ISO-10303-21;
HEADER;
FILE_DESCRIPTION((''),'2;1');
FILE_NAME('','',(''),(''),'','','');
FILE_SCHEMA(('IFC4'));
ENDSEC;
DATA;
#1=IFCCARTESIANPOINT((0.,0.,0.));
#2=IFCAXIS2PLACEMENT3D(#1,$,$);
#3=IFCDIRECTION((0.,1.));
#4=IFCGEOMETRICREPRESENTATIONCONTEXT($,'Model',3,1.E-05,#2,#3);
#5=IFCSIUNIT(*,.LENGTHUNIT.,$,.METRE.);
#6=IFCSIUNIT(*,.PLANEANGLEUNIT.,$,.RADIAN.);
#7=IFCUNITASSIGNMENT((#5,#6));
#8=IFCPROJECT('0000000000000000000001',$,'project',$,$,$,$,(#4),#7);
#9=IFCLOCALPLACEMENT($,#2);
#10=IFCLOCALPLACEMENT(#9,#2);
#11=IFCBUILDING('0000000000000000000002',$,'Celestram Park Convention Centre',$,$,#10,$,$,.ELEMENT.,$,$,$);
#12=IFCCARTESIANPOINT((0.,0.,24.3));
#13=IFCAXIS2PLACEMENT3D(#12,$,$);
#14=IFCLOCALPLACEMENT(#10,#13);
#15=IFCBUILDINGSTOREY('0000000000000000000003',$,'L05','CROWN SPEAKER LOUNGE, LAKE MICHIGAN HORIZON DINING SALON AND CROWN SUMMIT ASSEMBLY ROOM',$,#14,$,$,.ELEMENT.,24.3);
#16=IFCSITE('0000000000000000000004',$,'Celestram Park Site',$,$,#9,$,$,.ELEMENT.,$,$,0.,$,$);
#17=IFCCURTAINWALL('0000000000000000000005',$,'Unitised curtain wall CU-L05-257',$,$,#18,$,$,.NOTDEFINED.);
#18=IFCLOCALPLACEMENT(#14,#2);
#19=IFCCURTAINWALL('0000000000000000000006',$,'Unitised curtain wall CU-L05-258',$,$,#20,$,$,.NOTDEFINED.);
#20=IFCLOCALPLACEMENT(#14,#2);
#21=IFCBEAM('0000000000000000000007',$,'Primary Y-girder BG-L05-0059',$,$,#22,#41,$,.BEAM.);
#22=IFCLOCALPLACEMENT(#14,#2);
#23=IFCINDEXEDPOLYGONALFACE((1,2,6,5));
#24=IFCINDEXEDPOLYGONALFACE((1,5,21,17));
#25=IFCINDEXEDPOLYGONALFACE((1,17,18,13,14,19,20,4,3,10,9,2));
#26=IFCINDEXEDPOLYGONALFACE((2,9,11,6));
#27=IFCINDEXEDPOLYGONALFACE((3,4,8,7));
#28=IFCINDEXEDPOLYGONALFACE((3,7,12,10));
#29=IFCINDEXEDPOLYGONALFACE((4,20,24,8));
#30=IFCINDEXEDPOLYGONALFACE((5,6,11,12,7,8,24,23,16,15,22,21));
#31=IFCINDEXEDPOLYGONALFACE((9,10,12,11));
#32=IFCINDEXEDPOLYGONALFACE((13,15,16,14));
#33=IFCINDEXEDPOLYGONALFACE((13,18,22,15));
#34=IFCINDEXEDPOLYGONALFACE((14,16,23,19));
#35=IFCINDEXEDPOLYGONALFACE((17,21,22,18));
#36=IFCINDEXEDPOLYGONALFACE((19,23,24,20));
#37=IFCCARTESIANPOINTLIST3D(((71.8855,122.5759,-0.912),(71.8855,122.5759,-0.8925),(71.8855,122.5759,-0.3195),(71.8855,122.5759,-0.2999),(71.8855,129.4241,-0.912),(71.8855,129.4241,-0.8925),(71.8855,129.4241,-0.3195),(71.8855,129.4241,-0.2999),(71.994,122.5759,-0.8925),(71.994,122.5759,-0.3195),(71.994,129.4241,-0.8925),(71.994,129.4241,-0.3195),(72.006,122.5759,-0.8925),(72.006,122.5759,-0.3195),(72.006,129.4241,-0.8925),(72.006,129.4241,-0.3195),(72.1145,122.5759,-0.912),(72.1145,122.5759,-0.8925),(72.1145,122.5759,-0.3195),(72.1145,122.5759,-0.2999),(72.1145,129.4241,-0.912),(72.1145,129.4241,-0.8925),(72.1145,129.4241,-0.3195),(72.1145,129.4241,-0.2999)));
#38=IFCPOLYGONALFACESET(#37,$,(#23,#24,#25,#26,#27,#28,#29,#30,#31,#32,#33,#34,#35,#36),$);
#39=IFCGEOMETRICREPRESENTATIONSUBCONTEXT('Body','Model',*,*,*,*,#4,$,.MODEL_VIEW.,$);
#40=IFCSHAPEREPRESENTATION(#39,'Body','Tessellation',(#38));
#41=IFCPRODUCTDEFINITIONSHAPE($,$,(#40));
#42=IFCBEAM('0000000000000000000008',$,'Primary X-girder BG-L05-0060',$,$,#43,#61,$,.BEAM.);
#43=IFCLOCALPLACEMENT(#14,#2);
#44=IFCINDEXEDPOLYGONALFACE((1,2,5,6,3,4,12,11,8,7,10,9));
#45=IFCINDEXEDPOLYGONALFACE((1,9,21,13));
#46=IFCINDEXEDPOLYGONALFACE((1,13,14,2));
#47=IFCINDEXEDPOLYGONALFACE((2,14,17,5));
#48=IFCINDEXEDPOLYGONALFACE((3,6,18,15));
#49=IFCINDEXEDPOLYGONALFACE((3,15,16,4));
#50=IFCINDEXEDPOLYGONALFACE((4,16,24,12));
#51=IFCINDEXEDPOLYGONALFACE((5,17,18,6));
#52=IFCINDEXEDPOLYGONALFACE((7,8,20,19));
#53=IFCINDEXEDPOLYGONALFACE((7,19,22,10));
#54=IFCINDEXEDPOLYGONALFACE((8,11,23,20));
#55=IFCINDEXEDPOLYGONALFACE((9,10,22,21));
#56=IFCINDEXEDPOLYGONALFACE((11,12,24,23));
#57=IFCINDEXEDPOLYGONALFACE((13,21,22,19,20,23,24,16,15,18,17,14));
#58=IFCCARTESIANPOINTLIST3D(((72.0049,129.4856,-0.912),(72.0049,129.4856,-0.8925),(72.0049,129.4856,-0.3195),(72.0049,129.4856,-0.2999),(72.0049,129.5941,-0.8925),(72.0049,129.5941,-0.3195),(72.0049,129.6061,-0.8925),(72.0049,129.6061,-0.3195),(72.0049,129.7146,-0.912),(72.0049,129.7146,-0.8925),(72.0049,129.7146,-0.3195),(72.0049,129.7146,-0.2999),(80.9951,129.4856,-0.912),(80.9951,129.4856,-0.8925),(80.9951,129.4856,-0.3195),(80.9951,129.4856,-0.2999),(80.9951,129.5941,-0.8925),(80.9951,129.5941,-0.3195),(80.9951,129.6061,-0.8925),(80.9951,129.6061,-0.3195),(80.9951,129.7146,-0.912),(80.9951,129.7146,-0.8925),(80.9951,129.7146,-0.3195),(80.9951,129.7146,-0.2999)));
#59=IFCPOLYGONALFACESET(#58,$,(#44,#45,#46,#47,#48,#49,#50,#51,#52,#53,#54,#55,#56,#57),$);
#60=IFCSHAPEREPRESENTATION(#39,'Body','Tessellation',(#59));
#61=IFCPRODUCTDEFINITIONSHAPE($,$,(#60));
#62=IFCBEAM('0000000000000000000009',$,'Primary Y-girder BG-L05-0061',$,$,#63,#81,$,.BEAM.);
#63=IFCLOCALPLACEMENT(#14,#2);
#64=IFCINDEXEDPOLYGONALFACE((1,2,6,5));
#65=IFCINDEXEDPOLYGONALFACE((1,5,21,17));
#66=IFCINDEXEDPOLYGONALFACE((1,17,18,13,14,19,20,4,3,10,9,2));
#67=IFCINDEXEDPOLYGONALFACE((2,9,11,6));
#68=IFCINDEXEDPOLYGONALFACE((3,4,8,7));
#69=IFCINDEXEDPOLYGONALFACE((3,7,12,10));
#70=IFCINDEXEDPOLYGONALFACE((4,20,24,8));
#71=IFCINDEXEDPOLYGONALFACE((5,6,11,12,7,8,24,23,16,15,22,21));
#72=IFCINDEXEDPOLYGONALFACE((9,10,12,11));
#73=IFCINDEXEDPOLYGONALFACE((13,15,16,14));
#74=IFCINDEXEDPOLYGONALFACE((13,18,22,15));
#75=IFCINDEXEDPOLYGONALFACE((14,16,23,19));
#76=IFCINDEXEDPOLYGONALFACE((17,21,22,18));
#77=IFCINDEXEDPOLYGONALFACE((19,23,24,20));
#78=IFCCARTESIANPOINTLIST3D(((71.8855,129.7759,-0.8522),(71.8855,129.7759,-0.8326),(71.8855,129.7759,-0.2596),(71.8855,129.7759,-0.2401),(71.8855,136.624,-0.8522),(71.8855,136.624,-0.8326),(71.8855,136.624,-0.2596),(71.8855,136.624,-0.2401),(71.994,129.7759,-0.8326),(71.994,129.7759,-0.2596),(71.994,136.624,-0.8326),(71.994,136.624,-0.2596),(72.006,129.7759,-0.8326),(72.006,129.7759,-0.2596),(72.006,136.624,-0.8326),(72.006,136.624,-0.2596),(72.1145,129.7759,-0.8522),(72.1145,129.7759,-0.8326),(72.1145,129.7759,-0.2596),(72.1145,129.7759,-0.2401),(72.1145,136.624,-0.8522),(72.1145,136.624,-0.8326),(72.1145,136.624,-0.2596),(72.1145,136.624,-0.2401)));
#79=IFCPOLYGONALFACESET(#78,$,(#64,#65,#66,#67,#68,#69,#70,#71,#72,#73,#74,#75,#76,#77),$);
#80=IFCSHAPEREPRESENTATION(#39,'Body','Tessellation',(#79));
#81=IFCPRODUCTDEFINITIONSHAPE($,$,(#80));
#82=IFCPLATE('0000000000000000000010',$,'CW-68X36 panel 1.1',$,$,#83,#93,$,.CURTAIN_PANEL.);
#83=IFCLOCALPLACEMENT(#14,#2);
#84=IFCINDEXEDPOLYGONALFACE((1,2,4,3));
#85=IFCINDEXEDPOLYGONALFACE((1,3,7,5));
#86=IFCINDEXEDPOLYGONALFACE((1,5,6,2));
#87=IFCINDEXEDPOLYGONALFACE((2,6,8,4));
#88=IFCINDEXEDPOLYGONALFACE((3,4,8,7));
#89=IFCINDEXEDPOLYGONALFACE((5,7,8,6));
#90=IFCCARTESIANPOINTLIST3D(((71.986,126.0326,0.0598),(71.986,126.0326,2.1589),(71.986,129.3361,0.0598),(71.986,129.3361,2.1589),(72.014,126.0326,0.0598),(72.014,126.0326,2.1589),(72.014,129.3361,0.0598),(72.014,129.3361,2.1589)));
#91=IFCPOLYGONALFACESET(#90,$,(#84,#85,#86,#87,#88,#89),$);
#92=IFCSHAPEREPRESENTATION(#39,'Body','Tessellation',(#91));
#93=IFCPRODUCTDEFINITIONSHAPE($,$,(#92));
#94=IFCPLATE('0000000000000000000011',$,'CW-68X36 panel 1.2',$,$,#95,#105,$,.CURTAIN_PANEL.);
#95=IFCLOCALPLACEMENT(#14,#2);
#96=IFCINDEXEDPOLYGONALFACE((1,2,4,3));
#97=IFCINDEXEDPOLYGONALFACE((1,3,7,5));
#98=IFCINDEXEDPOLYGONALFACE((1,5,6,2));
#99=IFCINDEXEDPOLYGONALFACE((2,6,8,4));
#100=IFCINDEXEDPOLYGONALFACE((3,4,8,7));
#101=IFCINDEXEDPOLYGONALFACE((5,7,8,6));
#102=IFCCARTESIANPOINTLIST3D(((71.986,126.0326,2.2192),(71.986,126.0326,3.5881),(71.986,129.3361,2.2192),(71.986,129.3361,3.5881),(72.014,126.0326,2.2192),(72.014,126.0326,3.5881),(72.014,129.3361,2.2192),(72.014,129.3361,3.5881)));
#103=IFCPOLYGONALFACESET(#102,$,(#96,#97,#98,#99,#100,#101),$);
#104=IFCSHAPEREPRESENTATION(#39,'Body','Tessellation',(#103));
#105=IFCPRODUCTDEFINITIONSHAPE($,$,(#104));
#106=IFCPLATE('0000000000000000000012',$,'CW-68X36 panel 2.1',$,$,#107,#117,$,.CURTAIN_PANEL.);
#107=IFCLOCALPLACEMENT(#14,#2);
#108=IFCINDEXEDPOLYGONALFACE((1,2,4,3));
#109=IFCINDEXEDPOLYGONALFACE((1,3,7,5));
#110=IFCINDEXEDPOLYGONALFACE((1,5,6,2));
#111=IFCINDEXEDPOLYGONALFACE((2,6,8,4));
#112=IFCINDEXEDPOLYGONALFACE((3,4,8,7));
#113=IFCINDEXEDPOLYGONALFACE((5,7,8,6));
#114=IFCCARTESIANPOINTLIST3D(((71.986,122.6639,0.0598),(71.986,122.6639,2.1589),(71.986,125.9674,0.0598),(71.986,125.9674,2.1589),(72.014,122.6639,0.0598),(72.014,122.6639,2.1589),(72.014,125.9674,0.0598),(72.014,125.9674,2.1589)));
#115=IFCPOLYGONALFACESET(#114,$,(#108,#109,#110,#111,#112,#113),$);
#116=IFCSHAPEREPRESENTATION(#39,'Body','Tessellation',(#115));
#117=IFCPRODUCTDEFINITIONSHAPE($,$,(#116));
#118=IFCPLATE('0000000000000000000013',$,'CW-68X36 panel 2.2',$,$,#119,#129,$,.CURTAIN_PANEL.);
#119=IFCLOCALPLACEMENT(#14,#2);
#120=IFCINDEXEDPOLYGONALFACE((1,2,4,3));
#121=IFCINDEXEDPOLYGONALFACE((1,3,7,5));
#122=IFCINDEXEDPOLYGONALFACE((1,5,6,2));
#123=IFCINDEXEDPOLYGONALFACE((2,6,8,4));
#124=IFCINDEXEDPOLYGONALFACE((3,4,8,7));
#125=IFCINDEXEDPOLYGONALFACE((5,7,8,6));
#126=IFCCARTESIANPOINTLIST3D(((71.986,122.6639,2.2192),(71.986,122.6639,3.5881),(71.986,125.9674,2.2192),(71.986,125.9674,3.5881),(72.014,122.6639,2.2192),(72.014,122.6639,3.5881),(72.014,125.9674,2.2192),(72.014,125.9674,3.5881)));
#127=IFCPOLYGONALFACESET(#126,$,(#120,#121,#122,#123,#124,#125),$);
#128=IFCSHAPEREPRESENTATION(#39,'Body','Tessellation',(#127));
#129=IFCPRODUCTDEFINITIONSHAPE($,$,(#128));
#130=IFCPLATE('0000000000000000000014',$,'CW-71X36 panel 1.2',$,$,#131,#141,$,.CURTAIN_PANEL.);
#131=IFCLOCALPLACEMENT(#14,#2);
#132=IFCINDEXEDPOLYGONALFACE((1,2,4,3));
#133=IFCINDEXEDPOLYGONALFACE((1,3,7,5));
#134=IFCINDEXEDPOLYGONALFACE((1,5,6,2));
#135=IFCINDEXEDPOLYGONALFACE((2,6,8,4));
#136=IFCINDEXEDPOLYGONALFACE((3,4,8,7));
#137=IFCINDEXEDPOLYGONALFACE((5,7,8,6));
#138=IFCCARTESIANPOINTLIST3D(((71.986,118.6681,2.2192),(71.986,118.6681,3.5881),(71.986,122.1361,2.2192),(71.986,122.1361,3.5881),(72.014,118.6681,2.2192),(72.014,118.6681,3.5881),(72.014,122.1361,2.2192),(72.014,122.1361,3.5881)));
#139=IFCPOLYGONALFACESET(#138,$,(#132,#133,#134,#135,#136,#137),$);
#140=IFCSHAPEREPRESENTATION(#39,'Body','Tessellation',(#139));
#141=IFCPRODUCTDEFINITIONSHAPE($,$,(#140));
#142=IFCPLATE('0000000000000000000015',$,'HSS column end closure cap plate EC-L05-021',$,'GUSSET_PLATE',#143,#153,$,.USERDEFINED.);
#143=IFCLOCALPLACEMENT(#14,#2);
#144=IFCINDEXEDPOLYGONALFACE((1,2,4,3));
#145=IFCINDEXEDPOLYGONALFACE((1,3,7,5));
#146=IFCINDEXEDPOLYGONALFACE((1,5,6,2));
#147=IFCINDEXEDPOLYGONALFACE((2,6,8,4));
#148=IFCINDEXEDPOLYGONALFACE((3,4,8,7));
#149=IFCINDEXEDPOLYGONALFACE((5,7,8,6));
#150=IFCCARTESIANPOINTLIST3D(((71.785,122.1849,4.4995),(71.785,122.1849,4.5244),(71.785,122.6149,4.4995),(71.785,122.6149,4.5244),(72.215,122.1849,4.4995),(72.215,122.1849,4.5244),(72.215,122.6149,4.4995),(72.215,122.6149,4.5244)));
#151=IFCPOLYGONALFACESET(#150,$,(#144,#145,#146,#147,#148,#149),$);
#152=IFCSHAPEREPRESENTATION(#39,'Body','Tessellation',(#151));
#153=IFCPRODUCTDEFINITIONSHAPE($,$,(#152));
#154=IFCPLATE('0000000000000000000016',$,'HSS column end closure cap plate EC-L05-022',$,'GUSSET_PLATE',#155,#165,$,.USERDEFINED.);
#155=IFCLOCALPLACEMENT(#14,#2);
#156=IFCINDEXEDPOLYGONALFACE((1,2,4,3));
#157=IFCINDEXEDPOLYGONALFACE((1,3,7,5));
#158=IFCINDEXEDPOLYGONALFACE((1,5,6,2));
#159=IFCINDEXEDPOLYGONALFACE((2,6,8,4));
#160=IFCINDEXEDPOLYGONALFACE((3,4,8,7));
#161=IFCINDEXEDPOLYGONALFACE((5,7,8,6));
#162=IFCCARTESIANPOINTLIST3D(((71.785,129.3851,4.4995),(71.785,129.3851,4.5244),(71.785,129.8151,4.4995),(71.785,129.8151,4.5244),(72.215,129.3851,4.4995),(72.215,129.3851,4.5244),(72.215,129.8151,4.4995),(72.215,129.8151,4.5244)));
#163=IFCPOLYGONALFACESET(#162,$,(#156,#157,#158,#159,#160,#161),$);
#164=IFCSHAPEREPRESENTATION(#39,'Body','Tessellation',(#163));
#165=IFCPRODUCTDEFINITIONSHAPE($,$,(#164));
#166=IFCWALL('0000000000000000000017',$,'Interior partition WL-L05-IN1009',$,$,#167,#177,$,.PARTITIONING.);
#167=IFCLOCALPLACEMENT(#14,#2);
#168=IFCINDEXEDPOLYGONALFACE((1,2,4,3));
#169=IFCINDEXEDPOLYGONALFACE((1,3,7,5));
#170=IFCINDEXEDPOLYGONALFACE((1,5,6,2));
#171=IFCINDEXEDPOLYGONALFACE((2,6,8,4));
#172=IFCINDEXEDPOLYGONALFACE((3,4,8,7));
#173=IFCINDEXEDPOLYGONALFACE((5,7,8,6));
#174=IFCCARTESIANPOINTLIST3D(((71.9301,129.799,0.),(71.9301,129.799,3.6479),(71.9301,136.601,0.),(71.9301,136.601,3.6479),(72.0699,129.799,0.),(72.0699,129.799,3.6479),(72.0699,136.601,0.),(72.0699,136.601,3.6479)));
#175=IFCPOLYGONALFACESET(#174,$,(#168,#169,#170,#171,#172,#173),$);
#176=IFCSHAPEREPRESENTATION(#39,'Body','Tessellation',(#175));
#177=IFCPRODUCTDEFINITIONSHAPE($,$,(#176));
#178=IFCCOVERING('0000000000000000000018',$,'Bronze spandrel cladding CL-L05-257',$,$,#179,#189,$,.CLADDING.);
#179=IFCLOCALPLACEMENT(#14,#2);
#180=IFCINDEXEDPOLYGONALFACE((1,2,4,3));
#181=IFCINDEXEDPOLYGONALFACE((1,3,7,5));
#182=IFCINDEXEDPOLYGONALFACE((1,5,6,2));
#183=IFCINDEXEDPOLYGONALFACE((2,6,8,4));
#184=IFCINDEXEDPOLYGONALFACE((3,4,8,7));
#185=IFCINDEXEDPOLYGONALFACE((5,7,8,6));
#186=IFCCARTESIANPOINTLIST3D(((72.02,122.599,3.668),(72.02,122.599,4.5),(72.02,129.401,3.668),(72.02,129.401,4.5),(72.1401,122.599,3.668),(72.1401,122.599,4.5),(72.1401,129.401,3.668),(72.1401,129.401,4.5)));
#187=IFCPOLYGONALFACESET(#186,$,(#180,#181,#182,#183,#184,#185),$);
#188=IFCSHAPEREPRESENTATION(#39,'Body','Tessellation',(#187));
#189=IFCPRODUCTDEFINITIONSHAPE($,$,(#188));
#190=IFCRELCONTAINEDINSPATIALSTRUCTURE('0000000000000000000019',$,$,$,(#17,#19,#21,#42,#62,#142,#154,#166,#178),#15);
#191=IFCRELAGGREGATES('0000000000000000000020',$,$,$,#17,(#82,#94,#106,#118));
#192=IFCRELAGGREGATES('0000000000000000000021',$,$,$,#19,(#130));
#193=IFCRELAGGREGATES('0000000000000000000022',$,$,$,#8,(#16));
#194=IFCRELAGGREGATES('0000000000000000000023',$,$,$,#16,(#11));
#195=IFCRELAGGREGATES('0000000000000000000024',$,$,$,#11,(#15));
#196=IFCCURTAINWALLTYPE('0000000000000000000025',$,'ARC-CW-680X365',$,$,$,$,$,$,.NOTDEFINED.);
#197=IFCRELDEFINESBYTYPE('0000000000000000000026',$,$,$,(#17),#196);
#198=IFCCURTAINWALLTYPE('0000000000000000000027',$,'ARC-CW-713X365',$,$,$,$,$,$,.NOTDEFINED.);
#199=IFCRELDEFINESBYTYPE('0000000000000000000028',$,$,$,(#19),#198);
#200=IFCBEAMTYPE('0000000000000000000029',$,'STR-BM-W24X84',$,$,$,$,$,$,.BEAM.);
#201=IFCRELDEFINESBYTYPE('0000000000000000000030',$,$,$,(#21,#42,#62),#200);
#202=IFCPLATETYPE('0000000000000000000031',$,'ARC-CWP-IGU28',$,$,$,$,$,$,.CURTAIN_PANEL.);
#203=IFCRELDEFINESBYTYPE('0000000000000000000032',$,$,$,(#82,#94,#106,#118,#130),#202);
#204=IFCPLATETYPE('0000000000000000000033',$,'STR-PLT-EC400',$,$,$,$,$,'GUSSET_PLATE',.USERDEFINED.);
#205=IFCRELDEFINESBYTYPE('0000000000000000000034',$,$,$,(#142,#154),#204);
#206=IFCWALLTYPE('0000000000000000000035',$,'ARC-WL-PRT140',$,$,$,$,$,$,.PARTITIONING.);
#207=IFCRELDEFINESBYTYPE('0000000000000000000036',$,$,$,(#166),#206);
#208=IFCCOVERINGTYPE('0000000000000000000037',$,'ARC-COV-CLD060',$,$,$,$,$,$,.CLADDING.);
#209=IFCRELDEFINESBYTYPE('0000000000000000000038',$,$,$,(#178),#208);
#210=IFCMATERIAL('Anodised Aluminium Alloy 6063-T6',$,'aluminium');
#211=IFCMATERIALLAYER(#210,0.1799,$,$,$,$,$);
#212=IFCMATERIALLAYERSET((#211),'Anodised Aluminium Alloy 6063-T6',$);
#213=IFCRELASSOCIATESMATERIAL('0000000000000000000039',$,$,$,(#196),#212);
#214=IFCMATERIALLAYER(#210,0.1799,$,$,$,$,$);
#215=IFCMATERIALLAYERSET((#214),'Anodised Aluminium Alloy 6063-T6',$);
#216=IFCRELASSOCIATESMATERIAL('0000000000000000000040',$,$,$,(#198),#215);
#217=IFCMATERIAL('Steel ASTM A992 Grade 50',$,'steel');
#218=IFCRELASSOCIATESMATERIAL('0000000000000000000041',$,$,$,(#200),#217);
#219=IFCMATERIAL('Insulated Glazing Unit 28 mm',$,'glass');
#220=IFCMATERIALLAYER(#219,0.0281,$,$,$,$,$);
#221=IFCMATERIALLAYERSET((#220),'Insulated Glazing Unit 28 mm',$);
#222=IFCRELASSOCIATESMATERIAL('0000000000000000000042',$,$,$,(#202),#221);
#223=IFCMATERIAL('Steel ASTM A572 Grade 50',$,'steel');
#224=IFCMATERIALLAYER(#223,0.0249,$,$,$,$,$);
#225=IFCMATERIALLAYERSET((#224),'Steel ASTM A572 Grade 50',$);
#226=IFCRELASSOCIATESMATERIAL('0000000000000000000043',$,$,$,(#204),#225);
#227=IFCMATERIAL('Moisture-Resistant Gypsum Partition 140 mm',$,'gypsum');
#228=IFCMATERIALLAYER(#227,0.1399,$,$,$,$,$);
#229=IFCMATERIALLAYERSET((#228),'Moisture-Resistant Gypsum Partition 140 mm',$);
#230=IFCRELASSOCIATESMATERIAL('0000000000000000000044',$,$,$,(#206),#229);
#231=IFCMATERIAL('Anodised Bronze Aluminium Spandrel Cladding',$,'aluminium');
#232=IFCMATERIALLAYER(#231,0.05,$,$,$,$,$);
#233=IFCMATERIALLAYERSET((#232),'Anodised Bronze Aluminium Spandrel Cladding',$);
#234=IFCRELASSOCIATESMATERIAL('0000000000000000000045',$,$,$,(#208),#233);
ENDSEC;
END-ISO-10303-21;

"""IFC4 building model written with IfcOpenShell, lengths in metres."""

from ifc_helpers import new_model, si_unit, direction, frame, frame_2d, origin, origin_2d, place, context, subcontext, project, spatial, rectangle, i_section, extrude, material, layer, layer_set, material_profile, profile_set, type_object, element, aggregate, save


model = new_model("IFC4")

# Units and contexts
model_context = context("Model", 3, precision=1e-05, world=origin(), true_north=direction((0.0, 1.0)))
body_context = subcontext(model_context, "Body", "Model", "MODEL_VIEW")
ifc_project = project(units=[si_unit("LENGTHUNIT", "METRE"), si_unit("PLANEANGLEUNIT", "RADIAN")], contexts=[model_context])

# Site, building, storey
site_placement = place(None, origin())
site = spatial("IfcSite", under=ifc_project, at=site_placement, Name="Celestram Park Site", CompositionType="ELEMENT", RefElevation=0.0)
building_placement = place(site_placement, origin())
building = spatial("IfcBuilding", under=site, at=building_placement, Name="Celestram Park Convention Centre", CompositionType="ELEMENT")
storey_placement = place(building_placement, frame((0.0, 0.0, 24.3)))
storey = spatial("IfcBuildingStorey", under=building, at=storey_placement, Name="L05", Description="CROWN SPEAKER LOUNGE, LAKE MICHIGAN HORIZON DINING SALON AND CROWN SUMMIT ASSEMBLY ROOM", CompositionType="ELEMENT", Elevation=24.3)

# Curtain wall
ifc_material_1 = material(Name="Anodised Aluminium Alloy 6063-T6", Category="aluminium")
ifc_layer_1 = layer(ifc_material_1, 0.1799)
ifc_layer_set_1 = layer_set([ifc_layer_1], Name="Anodised Aluminium Alloy 6063-T6")
curtain_wall_type_1 = type_object("IfcCurtainWallType", Name="ARC-CW-680X365", PredefinedType="NOTDEFINED", material=ifc_layer_set_1)
curtain_wall_1_placement = place(storey_placement, origin())
curtain_wall_1 = element("IfcCurtainWall", 1, at=curtain_wall_1_placement, inside=storey, type_object=curtain_wall_type_1, Name="Unitised curtain wall CU-L05-257", PredefinedType="NOTDEFINED")

# Curtain wall
ifc_layer_2 = layer(ifc_material_1, 0.1799)
ifc_layer_set_2 = layer_set([ifc_layer_2], Name="Anodised Aluminium Alloy 6063-T6")
curtain_wall_type_2 = type_object("IfcCurtainWallType", Name="ARC-CW-713X365", PredefinedType="NOTDEFINED", material=ifc_layer_set_2)
curtain_wall_2_placement = place(storey_placement, origin())
curtain_wall_2 = element("IfcCurtainWall", 2, at=curtain_wall_2_placement, inside=storey, type_object=curtain_wall_type_2, Name="Unitised curtain wall CU-L05-258", PredefinedType="NOTDEFINED")

# Beams
ifc_material_2 = material(Name="Steel ASTM A992 Grade 50", Category="steel")
ifc_material_profile_1 = material_profile(ifc_material_2, i_section(OverallWidth=0.229, OverallDepth=0.6121, WebThickness=0.012, FlangeThickness=0.0195, at=origin_2d()), Name="W24X84")
ifc_profile_set_1 = profile_set([ifc_material_profile_1], Name="Steel ASTM A992 Grade 50")
beam_type = type_object("IfcBeamType", Name="STR-BM-W24X84", PredefinedType="BEAM", material=ifc_profile_set_1)
beam_1_placement = place(storey_placement, frame((72.0, 122.5759, -0.606), z_axis=(0.0, 1.0, 0.0), x_axis=(-1.0, 0.0, 0.0)))
element("IfcBeam", 3, at=beam_1_placement, inside=storey, type_object=beam_type, Name="Primary Y-girder BG-L05-0059", PredefinedType="BEAM", context=body_context, shape_type="SweptSolid", body=[
    extrude(i_section(OverallWidth=0.229, OverallDepth=0.6121, WebThickness=0.012, FlangeThickness=0.0195, at=origin_2d()), origin(), (0.0, 0.0, 1.0), 6.8481),
])
beam_2_placement = place(storey_placement, frame((72.0049, 129.6001, -0.606), z_axis=(1.0, 0.0, 0.0), x_axis=(0.0, 1.0, 0.0)))
element("IfcBeam", 4, at=beam_2_placement, inside=storey, type_object=beam_type, Name="Primary X-girder BG-L05-0060", PredefinedType="BEAM", context=body_context, shape_type="SweptSolid", body=[
    extrude(i_section(OverallWidth=0.229, OverallDepth=0.6121, WebThickness=0.012, FlangeThickness=0.0195, at=origin_2d()), origin(), (0.0, 0.0, 1.0), 8.9902),
])
beam_3_placement = place(storey_placement, frame((72.0, 129.7759, -0.5461), z_axis=(0.0, 1.0, 0.0), x_axis=(-1.0, 0.0, 0.0)))
element("IfcBeam", 5, at=beam_3_placement, inside=storey, type_object=beam_type, Name="Primary Y-girder BG-L05-0061", PredefinedType="BEAM", context=body_context, shape_type="SweptSolid", body=[
    extrude(i_section(OverallWidth=0.229, OverallDepth=0.6121, WebThickness=0.012, FlangeThickness=0.0195, at=origin_2d()), origin(), (0.0, 0.0, 1.0), 6.8481),
])

# Plates
ifc_material_3 = material(Name="Insulated Glazing Unit 28 mm", Category="glass")
ifc_layer_3 = layer(ifc_material_3, 0.0281)
ifc_layer_set_3 = layer_set([ifc_layer_3], Name="Insulated Glazing Unit 28 mm")
plate_type_1 = type_object("IfcPlateType", Name="ARC-CWP-IGU28", PredefinedType="CURTAIN_PANEL", material=ifc_layer_set_3)
plate_1_placement = place(storey_placement, frame((72.0, 127.6843, 0.0598), z_axis=(0.0, 0.0, 1.0), x_axis=(0.0, -1.0, 0.0)))
plate_1 = element("IfcPlate", 6, at=plate_1_placement, type_object=plate_type_1, Name="CW-68X36 panel 1.1", PredefinedType="CURTAIN_PANEL", context=body_context, shape_type="SweptSolid", body=[
    extrude(rectangle(XDim=3.3035, YDim=0.0281, at=origin_2d()), origin(), (0.0, 0.0, 1.0), 2.0991),
])
plate_2_placement = place(storey_placement, frame((72.0, 127.6843, 2.2192), z_axis=(0.0, 0.0, 1.0), x_axis=(0.0, -1.0, 0.0)))
plate_2 = element("IfcPlate", 7, at=plate_2_placement, type_object=plate_type_1, Name="CW-68X36 panel 1.2", PredefinedType="CURTAIN_PANEL", context=body_context, shape_type="SweptSolid", body=[
    extrude(rectangle(XDim=3.3035, YDim=0.0281, at=origin_2d()), origin(), (0.0, 0.0, 1.0), 1.3689),
])
plate_3_placement = place(storey_placement, frame((72.0, 124.3157, 0.0598), z_axis=(0.0, 0.0, 1.0), x_axis=(0.0, -1.0, 0.0)))
plate_3 = element("IfcPlate", 8, at=plate_3_placement, type_object=plate_type_1, Name="CW-68X36 panel 2.1", PredefinedType="CURTAIN_PANEL", context=body_context, shape_type="SweptSolid", body=[
    extrude(rectangle(XDim=3.3035, YDim=0.0281, at=origin_2d()), origin(), (0.0, 0.0, 1.0), 2.0991),
])
plate_4_placement = place(storey_placement, frame((72.0, 124.3157, 2.2192), z_axis=(0.0, 0.0, 1.0), x_axis=(0.0, -1.0, 0.0)))
plate_4 = element("IfcPlate", 9, at=plate_4_placement, type_object=plate_type_1, Name="CW-68X36 panel 2.2", PredefinedType="CURTAIN_PANEL", context=body_context, shape_type="SweptSolid", body=[
    extrude(rectangle(XDim=3.3035, YDim=0.0281, at=origin_2d()), origin(), (0.0, 0.0, 1.0), 1.3689),
])
aggregate(curtain_wall_1, [plate_1, plate_2, plate_3, plate_4])
plate_5_placement = place(storey_placement, frame((72.0, 120.4021, 2.2192), z_axis=(0.0, 0.0, 1.0), x_axis=(0.0, -1.0, 0.0)))
plate_5 = element("IfcPlate", 10, at=plate_5_placement, type_object=plate_type_1, Name="CW-71X36 panel 1.2", PredefinedType="CURTAIN_PANEL", context=body_context, shape_type="SweptSolid", body=[
    extrude(rectangle(XDim=3.468, YDim=0.0281, at=origin_2d()), origin(), (0.0, 0.0, 1.0), 1.3689),
])
aggregate(curtain_wall_2, [plate_5])

# Plates
ifc_material_4 = material(Name="Steel ASTM A572 Grade 50", Category="steel")
ifc_layer_4 = layer(ifc_material_4, 0.0249)
ifc_layer_set_4 = layer_set([ifc_layer_4], Name="Steel ASTM A572 Grade 50")
plate_type_2 = type_object("IfcPlateType", Name="STR-PLT-EC400", ElementType="GUSSET_PLATE", PredefinedType="USERDEFINED", material=ifc_layer_set_4)
for number, where, z_axis, x_axis, name in (
    (11, (72.0, 122.3999, 4.4995), (0.0, 0.0, 1.0), (1.0, 0.0, 0.0), "HSS column end closure cap plate EC-L05-021"),
    (12, (72.0, 129.6001, 4.4995), (0.0, 0.0, 1.0), (1.0, 0.0, 0.0), "HSS column end closure cap plate EC-L05-022"),
):
    element("IfcPlate", number, at=place(storey_placement, frame(where, z_axis=z_axis, x_axis=x_axis)), inside=storey, type_object=plate_type_2, Name=name, ObjectType="GUSSET_PLATE", PredefinedType="USERDEFINED", context=body_context, shape_type="SweptSolid", body=[
        extrude(rectangle(XDim=0.4299, YDim=0.4299, at=origin_2d()), origin(), (0.0, 0.0, 1.0), 0.0249),
    ])

# Wall
ifc_material_5 = material(Name="Moisture-Resistant Gypsum Partition 140 mm", Category="gypsum")
ifc_layer_5 = layer(ifc_material_5, 0.1399)
ifc_layer_set_5 = layer_set([ifc_layer_5], Name="Moisture-Resistant Gypsum Partition 140 mm")
wall_type = type_object("IfcWallType", Name="ARC-WL-PRT140", PredefinedType="PARTITIONING", material=ifc_layer_set_5)
wall_placement = place(storey_placement, frame((72.0, 129.7991, 0.0), z_axis=(0.0, 0.0, 1.0), x_axis=(0.0, 1.0, 0.0)))
element("IfcWall", 13, at=wall_placement, inside=storey, type_object=wall_type, Name="Interior partition WL-L05-IN1009", PredefinedType="PARTITIONING", context=body_context, shape_type="SweptSolid", body=[
    extrude(rectangle(XDim=6.802, YDim=0.1399, at=frame_2d((3.4009, 0.0))), origin(), (0.0, 0.0, 1.0), 3.6479),
])

# Covering
ifc_material_6 = material(Name="Anodised Bronze Aluminium Spandrel Cladding", Category="aluminium")
ifc_layer_6 = layer(ifc_material_6, 0.05)
ifc_layer_set_6 = layer_set([ifc_layer_6], Name="Anodised Bronze Aluminium Spandrel Cladding")
covering_type = type_object("IfcCoveringType", Name="ARC-COV-CLD060", PredefinedType="CLADDING", material=ifc_layer_set_6)
covering_placement = place(storey_placement, frame((72.0801, 126.0, 3.668), z_axis=(0.0, 0.0, 1.0), x_axis=(0.0, -1.0, 0.0)))
element("IfcCovering", 14, at=covering_placement, inside=storey, type_object=covering_type, Name="Bronze spandrel cladding CL-L05-257", PredefinedType="CLADDING", context=body_context, shape_type="SweptSolid", body=[
    extrude(rectangle(XDim=6.802, YDim=0.1201, at=origin_2d()), origin(), (0.0, 0.0, 1.0), 0.832),
])

save(model, "model.ifc")
